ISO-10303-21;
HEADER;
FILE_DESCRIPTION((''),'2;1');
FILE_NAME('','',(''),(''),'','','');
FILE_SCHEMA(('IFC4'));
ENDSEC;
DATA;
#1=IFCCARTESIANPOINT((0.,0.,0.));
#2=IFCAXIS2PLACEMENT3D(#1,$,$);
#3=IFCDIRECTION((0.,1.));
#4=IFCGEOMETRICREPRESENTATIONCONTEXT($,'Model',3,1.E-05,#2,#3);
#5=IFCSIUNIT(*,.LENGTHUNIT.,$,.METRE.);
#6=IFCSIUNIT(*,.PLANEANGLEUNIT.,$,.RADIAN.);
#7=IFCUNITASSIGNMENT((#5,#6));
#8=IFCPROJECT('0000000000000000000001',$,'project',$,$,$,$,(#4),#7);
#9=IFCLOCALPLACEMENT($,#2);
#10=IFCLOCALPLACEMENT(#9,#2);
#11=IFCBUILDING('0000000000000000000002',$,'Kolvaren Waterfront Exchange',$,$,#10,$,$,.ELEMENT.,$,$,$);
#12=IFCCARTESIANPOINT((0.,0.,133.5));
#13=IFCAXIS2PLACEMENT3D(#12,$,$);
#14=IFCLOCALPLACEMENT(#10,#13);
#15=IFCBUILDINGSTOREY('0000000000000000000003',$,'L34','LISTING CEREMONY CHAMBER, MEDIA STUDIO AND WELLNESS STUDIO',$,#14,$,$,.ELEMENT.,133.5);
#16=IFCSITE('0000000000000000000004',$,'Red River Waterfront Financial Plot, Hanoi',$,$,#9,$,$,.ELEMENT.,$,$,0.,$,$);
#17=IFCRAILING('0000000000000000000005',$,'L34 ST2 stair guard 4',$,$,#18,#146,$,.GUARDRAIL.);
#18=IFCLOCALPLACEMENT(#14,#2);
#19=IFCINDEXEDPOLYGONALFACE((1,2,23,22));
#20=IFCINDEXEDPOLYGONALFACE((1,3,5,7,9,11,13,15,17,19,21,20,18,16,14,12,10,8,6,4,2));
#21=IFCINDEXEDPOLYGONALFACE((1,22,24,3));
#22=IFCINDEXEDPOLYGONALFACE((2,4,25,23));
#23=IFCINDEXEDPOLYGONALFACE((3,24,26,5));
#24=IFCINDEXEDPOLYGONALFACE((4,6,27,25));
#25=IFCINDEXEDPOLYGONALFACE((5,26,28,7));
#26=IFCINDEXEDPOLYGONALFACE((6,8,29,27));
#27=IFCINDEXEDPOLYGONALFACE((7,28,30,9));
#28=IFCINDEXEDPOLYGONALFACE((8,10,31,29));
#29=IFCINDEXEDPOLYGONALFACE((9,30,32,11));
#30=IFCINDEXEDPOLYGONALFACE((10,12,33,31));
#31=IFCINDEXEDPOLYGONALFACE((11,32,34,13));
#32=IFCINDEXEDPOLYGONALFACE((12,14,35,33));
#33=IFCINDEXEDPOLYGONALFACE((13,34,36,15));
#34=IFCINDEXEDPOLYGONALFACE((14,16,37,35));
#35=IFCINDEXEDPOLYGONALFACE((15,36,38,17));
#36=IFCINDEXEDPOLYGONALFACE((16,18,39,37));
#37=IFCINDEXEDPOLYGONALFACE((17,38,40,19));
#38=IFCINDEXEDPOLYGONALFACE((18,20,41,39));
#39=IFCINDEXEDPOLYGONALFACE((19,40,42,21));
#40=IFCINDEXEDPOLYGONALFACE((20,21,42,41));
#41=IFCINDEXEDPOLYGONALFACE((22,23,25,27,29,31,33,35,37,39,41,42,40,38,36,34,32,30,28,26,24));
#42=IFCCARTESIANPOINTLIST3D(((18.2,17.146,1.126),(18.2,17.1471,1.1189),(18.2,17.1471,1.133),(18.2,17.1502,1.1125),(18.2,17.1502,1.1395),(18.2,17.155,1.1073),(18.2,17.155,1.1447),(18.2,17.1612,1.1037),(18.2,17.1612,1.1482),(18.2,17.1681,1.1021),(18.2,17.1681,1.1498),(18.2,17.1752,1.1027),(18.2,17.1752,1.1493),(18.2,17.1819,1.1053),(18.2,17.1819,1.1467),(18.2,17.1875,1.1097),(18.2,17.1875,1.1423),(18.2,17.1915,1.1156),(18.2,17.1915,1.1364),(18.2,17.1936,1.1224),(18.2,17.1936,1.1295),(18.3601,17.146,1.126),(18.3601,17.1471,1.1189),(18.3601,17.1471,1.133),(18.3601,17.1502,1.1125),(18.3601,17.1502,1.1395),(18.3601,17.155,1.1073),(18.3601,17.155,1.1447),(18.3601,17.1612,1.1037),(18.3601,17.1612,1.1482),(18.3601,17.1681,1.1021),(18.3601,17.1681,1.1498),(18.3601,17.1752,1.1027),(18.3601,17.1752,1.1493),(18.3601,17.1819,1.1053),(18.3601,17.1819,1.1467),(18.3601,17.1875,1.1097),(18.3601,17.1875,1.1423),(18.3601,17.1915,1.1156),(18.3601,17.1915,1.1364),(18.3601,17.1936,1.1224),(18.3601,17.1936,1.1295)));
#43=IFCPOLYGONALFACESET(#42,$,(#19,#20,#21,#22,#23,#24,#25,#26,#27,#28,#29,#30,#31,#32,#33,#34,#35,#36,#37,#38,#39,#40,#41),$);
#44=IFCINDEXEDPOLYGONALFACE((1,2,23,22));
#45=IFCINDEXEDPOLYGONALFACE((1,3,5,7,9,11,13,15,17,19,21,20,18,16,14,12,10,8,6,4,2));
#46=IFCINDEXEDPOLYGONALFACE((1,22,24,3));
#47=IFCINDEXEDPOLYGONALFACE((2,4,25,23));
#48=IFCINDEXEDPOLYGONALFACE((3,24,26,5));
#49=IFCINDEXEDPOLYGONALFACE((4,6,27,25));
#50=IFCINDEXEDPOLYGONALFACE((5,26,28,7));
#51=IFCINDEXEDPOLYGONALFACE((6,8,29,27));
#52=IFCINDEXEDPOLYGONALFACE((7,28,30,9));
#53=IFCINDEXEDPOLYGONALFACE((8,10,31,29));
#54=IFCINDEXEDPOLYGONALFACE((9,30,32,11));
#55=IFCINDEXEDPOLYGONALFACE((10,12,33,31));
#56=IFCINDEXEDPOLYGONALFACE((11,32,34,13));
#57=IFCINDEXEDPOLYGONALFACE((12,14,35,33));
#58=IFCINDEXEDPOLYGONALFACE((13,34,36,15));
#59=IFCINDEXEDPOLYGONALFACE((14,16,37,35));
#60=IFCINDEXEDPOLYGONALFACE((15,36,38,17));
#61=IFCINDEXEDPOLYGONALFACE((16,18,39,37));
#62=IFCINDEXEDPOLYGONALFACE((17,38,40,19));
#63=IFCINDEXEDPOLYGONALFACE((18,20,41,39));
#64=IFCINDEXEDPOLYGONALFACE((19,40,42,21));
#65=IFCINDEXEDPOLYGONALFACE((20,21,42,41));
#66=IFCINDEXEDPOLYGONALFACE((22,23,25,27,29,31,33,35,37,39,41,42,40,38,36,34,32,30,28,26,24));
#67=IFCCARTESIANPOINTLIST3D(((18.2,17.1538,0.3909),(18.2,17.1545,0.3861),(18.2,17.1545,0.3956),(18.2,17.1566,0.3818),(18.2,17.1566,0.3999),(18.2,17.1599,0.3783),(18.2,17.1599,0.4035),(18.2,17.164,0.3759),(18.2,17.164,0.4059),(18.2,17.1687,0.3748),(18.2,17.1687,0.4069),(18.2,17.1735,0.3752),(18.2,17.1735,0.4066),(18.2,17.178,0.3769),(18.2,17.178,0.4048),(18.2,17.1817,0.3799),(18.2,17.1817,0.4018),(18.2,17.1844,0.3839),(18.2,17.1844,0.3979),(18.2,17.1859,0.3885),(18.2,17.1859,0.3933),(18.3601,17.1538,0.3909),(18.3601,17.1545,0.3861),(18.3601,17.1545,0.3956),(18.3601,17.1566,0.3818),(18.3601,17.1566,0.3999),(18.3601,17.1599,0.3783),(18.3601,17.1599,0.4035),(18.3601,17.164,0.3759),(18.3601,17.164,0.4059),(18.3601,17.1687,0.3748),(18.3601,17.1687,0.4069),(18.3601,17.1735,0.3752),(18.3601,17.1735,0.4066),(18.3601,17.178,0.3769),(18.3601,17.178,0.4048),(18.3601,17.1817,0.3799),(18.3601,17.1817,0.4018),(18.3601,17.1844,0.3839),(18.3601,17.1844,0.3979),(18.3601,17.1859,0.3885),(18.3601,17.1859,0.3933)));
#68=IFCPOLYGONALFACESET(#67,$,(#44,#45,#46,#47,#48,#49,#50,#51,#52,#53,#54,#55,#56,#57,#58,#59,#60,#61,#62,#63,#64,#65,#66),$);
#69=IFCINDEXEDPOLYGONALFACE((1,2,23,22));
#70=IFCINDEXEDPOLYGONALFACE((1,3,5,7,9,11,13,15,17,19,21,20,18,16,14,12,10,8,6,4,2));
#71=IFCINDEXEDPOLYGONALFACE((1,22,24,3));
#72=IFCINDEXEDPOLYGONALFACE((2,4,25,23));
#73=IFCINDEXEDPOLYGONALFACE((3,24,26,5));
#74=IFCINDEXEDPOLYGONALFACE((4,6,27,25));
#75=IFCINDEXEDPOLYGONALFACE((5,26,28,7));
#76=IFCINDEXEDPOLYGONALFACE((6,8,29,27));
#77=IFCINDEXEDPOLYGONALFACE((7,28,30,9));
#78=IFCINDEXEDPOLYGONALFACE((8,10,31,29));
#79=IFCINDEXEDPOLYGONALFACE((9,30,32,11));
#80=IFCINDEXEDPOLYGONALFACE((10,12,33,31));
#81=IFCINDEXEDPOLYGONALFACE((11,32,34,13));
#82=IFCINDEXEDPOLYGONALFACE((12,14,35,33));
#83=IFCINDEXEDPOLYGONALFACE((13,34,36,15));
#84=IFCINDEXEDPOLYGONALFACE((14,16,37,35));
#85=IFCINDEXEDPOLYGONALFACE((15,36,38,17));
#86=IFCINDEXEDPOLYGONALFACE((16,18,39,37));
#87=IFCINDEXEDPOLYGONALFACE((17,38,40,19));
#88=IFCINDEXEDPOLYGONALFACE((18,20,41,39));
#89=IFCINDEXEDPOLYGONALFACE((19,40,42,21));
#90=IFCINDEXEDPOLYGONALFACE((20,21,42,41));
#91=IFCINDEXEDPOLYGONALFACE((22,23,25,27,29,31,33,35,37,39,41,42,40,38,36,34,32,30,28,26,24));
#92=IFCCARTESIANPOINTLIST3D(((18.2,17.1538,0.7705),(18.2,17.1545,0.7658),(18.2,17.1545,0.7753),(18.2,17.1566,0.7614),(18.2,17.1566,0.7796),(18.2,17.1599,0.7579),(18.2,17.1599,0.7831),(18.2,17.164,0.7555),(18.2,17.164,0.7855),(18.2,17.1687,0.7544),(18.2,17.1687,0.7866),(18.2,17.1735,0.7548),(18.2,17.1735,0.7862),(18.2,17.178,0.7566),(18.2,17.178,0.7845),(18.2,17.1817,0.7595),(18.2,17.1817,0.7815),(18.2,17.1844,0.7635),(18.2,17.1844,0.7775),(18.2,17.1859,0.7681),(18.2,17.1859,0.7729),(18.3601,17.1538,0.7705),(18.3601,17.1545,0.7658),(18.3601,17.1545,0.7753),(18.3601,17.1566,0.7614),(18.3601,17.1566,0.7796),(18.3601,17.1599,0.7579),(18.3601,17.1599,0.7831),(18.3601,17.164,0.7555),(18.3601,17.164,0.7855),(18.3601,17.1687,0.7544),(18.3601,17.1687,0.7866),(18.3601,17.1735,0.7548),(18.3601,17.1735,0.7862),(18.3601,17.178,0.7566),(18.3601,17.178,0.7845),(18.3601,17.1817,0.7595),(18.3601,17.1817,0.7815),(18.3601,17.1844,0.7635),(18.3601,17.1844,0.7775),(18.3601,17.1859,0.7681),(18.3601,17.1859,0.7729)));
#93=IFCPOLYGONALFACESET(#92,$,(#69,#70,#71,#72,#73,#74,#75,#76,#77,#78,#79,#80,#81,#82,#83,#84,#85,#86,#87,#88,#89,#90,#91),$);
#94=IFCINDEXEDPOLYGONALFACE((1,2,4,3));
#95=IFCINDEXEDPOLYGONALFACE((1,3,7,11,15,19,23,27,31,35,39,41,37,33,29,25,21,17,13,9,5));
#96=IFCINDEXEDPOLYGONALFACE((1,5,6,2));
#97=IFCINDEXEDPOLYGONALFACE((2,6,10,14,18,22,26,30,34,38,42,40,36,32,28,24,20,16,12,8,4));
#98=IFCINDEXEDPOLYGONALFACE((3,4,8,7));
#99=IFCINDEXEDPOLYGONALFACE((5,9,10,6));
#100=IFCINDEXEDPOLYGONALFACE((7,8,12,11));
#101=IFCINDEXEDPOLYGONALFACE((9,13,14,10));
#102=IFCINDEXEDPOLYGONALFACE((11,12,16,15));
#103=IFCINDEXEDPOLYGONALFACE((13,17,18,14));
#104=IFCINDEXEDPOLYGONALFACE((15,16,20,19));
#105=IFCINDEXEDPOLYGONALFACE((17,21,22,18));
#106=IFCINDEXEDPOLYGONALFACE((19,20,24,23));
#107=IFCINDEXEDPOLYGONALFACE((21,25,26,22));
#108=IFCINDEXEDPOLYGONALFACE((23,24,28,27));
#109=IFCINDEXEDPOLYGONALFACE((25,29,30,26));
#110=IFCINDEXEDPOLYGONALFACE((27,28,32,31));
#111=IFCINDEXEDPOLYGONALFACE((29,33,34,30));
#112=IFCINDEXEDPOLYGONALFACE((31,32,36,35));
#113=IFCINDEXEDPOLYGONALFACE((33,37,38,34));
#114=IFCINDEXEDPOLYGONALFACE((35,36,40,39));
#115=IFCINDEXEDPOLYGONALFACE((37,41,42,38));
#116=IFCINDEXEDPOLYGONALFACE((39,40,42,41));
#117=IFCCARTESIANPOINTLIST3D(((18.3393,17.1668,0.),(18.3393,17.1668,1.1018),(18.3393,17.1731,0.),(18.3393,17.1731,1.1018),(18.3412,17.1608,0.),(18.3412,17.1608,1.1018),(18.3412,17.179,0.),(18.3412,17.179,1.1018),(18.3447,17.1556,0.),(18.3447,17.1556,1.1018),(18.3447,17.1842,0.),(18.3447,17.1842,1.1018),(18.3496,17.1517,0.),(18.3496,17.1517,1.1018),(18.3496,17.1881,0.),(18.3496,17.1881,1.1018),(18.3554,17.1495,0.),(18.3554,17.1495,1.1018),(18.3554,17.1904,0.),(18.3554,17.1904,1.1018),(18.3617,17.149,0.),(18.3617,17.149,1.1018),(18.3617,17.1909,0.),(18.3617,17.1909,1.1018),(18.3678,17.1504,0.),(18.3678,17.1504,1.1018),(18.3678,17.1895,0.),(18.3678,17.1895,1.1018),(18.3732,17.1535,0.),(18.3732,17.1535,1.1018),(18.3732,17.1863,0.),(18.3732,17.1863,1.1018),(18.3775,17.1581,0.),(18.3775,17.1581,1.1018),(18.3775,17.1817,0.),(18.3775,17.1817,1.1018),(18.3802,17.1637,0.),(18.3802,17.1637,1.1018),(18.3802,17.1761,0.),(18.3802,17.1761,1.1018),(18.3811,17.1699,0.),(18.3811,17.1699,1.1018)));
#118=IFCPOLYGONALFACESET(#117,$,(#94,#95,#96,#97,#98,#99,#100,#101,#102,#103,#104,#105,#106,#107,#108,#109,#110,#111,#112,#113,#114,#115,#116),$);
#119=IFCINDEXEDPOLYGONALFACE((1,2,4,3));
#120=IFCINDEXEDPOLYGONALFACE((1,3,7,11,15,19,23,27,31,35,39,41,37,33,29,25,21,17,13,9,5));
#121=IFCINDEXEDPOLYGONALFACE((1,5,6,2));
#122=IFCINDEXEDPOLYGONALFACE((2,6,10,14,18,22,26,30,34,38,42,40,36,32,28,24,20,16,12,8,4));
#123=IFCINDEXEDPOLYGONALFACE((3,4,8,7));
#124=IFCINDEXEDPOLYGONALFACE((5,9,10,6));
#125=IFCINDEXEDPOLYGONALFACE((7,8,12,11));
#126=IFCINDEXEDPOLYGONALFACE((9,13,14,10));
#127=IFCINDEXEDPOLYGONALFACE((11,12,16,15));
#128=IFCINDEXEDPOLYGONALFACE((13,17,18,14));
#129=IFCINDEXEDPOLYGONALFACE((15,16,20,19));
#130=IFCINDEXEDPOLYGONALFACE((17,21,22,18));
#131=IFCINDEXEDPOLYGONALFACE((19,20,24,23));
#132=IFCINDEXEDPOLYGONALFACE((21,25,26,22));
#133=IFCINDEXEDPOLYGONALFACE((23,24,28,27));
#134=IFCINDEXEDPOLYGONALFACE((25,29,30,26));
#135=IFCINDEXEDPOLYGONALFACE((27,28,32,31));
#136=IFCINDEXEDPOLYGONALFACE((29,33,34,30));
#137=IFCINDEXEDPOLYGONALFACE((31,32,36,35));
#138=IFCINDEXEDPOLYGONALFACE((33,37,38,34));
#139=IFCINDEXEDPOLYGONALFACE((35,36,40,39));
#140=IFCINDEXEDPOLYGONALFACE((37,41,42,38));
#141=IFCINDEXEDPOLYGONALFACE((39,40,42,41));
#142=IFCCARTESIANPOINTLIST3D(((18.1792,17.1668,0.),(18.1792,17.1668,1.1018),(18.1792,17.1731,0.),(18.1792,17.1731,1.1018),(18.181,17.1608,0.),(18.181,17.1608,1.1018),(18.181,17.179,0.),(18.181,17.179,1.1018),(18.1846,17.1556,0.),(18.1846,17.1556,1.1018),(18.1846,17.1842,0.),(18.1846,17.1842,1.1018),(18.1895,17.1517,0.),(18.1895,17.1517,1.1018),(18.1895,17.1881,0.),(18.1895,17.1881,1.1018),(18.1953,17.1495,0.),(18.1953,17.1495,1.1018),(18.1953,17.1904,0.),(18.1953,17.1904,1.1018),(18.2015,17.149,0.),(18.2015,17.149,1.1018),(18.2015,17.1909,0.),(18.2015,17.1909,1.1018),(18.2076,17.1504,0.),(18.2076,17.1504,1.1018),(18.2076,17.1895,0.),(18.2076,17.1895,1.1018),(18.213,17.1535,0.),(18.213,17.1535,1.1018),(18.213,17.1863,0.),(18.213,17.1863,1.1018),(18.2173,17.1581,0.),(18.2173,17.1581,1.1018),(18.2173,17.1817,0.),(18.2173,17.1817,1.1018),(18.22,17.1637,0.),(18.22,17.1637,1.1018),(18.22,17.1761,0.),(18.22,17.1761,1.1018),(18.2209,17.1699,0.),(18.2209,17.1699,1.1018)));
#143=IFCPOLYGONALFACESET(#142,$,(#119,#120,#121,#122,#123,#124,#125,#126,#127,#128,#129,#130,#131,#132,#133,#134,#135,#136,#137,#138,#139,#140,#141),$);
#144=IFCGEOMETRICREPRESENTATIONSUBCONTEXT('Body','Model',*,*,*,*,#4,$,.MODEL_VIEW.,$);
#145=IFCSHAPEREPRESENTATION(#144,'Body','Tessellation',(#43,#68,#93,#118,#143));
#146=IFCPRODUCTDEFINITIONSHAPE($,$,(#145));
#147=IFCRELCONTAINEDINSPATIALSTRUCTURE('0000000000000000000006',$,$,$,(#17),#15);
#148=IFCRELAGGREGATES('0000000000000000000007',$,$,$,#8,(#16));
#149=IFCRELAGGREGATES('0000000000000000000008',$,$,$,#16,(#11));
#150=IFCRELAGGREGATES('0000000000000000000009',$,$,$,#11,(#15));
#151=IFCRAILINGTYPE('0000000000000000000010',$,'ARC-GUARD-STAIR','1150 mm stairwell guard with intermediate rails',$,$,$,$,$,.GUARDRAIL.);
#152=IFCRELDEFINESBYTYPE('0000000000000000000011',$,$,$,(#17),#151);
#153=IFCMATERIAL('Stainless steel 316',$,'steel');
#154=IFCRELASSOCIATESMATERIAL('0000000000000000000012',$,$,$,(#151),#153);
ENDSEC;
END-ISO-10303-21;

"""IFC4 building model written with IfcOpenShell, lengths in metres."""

from ifc_helpers import new_model, si_unit, direction, frame, origin, origin_2d, place, context, subcontext, project, spatial, circle, extrude, material, type_object, element, save


model = new_model("IFC4")

# Units and contexts
model_context = context("Model", 3, precision=1e-05, world=origin(), true_north=direction((0.0, 1.0)))
body_context = subcontext(model_context, "Body", "Model", "MODEL_VIEW")
ifc_project = project(units=[si_unit("LENGTHUNIT", "METRE"), si_unit("PLANEANGLEUNIT", "RADIAN")], contexts=[model_context])

# Site, building, storey
site_placement = place(None, origin())
site = spatial("IfcSite", under=ifc_project, at=site_placement, Name="Red River Waterfront Financial Plot, Hanoi", CompositionType="ELEMENT", RefElevation=0.0)
building_placement = place(site_placement, origin())
building = spatial("IfcBuilding", under=site, at=building_placement, Name="Kolvaren Waterfront Exchange", CompositionType="ELEMENT")
storey_placement = place(building_placement, frame((0.0, 0.0, 133.5)))
storey = spatial("IfcBuildingStorey", under=building, at=storey_placement, Name="L34", Description="LISTING CEREMONY CHAMBER, MEDIA STUDIO AND WELLNESS STUDIO", CompositionType="ELEMENT", Elevation=133.5)

# Railing
ifc_material_1 = material(Name="Stainless steel 316", Category="steel")
railing_type_1 = type_object("IfcRailingType", Name="ARC-GUARD-STAIR", Description="1150 mm stairwell guard with intermediate rails", PredefinedType="GUARDRAIL", material=ifc_material_1)
railing_1_placement = place(storey_placement, frame((18.3601, 17.1699, 0.0)))
element("IfcRailing", 1, at=railing_1_placement, inside=storey, type_object=railing_type_1, Name="L34 ST2 stair guard 4", PredefinedType="GUARDRAIL", context=body_context, shape_type="SweptSolid", body=[
    extrude(circle(Radius=0.0239, at=origin_2d()), frame((0.0, 0.0, 1.126), z_axis=(-1.0, 0.0, 0.0), x_axis=(0.0, -1.0, 0.0)), (0.0, 0.0, 1.0), 0.1602),
    extrude(circle(Radius=0.0161, at=origin_2d()), frame((0.0, 0.0, 0.3909), z_axis=(-1.0, 0.0, 0.0), x_axis=(0.0, -1.0, 0.0)), (0.0, 0.0, 1.0), 0.1602),
    extrude(circle(Radius=0.0161, at=origin_2d()), frame((0.0, 0.0, 0.7705), z_axis=(-1.0, 0.0, 0.0), x_axis=(0.0, -1.0, 0.0)), (0.0, 0.0, 1.0), 0.1602),
    extrude(circle(Radius=0.021, at=origin_2d()), origin(), (0.0, 0.0, 1.0), 1.1018),
    extrude(circle(Radius=0.021, at=origin_2d()), frame((-0.1602, 0.0, 0.0)), (0.0, 0.0, 1.0), 1.1018),
])

save(model, "model.ifc")
